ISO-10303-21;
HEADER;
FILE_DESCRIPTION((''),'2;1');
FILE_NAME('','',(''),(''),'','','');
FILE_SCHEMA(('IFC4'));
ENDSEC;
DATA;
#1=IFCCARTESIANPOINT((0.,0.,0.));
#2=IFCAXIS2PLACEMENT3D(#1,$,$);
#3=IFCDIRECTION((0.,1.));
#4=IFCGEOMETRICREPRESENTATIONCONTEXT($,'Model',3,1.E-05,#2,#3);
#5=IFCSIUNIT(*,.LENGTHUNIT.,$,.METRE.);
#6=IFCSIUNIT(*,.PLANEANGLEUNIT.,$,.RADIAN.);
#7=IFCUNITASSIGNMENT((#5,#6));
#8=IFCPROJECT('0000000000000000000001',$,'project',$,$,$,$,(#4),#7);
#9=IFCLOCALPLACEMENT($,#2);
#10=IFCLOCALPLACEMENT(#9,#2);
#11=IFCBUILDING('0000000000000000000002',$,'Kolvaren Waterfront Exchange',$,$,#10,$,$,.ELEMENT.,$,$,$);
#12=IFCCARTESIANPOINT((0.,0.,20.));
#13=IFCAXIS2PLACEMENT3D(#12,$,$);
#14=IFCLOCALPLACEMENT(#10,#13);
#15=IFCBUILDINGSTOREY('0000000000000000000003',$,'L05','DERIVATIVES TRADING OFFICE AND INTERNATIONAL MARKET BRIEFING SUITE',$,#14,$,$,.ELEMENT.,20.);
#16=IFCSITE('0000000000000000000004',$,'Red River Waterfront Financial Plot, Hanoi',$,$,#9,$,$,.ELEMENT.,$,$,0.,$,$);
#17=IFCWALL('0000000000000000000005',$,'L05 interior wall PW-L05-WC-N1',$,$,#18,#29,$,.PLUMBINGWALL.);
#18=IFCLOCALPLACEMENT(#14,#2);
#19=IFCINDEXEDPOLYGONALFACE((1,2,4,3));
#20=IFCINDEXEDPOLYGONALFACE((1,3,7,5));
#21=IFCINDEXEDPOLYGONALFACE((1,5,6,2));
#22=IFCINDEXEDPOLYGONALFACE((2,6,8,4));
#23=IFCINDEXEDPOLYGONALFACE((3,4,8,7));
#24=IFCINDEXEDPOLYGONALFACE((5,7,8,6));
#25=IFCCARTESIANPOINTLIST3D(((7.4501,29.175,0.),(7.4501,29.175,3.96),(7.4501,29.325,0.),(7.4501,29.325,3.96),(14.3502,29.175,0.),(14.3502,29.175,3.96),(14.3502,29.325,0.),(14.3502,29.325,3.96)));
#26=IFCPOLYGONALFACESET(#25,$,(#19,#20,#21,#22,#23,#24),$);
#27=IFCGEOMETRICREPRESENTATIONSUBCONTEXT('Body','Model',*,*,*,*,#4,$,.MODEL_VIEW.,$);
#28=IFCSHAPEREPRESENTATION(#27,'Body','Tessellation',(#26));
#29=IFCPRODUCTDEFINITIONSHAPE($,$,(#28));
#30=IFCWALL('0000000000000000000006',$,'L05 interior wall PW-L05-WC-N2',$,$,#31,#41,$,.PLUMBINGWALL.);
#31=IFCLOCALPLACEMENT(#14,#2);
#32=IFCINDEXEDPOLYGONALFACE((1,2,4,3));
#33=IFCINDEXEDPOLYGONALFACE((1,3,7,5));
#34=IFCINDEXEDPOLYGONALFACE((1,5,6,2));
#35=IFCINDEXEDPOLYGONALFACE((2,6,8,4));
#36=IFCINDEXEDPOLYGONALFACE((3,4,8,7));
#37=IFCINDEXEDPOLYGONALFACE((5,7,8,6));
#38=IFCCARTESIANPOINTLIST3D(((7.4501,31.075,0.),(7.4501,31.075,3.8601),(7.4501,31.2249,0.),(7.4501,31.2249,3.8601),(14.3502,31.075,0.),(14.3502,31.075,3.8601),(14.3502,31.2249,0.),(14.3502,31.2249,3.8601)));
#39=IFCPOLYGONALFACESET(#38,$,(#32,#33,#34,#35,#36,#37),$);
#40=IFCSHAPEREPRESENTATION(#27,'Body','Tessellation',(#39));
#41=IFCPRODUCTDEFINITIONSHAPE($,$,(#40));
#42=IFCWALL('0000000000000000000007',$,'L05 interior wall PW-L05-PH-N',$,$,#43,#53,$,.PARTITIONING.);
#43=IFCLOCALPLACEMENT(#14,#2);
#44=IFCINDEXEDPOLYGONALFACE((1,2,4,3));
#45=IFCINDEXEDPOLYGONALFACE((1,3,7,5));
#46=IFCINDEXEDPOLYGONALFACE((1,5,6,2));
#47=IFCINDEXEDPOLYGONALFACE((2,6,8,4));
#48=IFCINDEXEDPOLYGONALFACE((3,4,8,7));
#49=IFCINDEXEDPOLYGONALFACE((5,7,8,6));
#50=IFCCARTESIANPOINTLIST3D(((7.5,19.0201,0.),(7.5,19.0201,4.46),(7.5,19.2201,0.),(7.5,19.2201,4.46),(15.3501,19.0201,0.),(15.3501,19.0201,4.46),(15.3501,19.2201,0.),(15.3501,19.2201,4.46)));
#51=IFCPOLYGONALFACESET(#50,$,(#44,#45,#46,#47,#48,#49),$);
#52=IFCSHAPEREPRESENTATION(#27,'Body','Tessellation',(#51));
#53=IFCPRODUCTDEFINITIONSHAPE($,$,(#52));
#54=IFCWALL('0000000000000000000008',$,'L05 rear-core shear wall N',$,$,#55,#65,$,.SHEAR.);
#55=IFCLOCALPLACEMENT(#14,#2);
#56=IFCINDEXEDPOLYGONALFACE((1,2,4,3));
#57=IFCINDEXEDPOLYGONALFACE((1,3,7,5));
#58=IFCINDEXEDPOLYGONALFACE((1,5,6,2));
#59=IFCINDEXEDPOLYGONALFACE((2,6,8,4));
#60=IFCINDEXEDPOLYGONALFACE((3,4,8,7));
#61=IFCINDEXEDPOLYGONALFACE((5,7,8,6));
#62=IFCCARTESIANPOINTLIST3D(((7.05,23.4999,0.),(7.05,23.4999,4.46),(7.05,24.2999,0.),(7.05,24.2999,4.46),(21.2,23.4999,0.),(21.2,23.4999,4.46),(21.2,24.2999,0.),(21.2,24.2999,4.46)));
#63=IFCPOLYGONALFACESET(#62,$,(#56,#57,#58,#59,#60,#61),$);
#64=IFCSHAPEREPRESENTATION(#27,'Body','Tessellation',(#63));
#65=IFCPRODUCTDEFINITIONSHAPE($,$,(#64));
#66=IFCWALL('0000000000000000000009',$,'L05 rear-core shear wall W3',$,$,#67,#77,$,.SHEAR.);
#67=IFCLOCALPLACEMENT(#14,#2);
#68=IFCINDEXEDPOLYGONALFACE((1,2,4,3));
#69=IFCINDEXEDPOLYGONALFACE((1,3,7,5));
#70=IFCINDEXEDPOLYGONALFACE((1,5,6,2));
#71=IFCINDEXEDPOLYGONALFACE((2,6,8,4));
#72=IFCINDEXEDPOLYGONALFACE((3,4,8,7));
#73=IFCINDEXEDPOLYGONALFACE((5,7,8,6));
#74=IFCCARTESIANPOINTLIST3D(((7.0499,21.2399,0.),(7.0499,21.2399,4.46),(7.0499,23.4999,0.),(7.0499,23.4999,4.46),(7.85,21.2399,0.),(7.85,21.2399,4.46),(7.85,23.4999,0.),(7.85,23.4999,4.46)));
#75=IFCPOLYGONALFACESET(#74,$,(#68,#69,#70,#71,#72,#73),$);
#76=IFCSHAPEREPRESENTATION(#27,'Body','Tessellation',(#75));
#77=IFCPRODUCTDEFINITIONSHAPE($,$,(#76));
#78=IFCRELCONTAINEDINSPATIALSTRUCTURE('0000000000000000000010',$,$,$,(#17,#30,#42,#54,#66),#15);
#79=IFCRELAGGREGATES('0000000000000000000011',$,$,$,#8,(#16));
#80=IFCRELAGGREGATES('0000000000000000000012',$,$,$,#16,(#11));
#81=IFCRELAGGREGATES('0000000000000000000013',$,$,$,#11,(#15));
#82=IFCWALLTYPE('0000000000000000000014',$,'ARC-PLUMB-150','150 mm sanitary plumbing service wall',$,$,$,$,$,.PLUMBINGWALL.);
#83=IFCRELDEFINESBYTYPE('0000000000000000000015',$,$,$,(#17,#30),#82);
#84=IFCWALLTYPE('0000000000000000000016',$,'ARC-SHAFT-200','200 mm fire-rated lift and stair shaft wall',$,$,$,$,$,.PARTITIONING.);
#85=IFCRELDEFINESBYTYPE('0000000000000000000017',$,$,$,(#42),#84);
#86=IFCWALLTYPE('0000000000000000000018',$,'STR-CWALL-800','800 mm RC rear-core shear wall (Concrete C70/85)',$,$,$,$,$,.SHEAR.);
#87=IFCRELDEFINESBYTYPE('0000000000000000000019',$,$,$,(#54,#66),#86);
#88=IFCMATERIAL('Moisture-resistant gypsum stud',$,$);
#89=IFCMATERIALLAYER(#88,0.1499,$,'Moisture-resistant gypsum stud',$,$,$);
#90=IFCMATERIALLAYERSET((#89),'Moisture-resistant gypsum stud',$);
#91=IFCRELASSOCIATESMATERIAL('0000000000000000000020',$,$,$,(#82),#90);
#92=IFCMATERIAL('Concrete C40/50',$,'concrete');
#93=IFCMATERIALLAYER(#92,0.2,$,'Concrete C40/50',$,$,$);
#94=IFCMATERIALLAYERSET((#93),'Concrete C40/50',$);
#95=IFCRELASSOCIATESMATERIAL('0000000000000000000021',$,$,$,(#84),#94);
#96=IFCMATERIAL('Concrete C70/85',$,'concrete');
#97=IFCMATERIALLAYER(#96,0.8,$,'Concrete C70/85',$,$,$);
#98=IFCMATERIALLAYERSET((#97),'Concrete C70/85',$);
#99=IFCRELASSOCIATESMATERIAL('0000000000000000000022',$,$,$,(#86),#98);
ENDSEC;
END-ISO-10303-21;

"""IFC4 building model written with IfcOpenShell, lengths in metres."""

from ifc_helpers import new_model, si_unit, direction, frame, frame_2d, origin, place, context, subcontext, project, spatial, rectangle, extrude, material, layer, layer_set, type_object, element, save


model = new_model("IFC4")

# Units and contexts
model_context = context("Model", 3, precision=1e-05, world=origin(), true_north=direction((0.0, 1.0)))
body_context = subcontext(model_context, "Body", "Model", "MODEL_VIEW")
ifc_project = project(units=[si_unit("LENGTHUNIT", "METRE"), si_unit("PLANEANGLEUNIT", "RADIAN")], contexts=[model_context])

# Site, building, storey
site_placement = place(None, origin())
site = spatial("IfcSite", under=ifc_project, at=site_placement, Name="Red River Waterfront Financial Plot, Hanoi", CompositionType="ELEMENT", RefElevation=0.0)
building_placement = place(site_placement, origin())
building = spatial("IfcBuilding", under=site, at=building_placement, Name="Kolvaren Waterfront Exchange", CompositionType="ELEMENT")
storey_placement = place(building_placement, frame((0.0, 0.0, 20.0)))
storey = spatial("IfcBuildingStorey", under=building, at=storey_placement, Name="L05", Description="DERIVATIVES TRADING OFFICE AND INTERNATIONAL MARKET BRIEFING SUITE", CompositionType="ELEMENT", Elevation=20.0)

# Shared definitions
ifc_material_1 = material(Name="Concrete C70/85", Category="concrete")

# Walls
ifc_material_2 = material(Name="Moisture-resistant gypsum stud")
ifc_layer_1 = layer(ifc_material_2, 0.1499, Name="Moisture-resistant gypsum stud")
ifc_layer_set_1 = layer_set([ifc_layer_1], Name="Moisture-resistant gypsum stud")
wall_type_1 = type_object("IfcWallType", Name="ARC-PLUMB-150", Description="150 mm sanitary plumbing service wall", PredefinedType="PLUMBINGWALL", material=ifc_layer_set_1)
wall_1_placement = place(storey_placement, frame((7.45, 29.25, 0.0), z_axis=(0.0, 0.0, 1.0), x_axis=(1.0, 0.0, 0.0)))
element("IfcWall", 1, at=wall_1_placement, inside=storey, type_object=wall_type_1, Name="L05 interior wall PW-L05-WC-N1", PredefinedType="PLUMBINGWALL", context=body_context, shape_type="SweptSolid", body=[
    extrude(rectangle(XDim=6.9001, YDim=0.1499, at=frame_2d((3.4502, 0.0))), origin(), (0.0, 0.0, 1.0), 3.96),
])
wall_2_placement = place(storey_placement, frame((7.45, 31.1499, 0.0), z_axis=(0.0, 0.0, 1.0), x_axis=(1.0, 0.0, 0.0)))
element("IfcWall", 2, at=wall_2_placement, inside=storey, type_object=wall_type_1, Name="L05 interior wall PW-L05-WC-N2", PredefinedType="PLUMBINGWALL", context=body_context, shape_type="SweptSolid", body=[
    extrude(rectangle(XDim=6.9001, YDim=0.1499, at=frame_2d((3.4502, 0.0))), origin(), (0.0, 0.0, 1.0), 3.8601),
])
ifc_material_3 = material(Name="Concrete C40/50", Category="concrete")
ifc_layer_2 = layer(ifc_material_3, 0.2, Name="Concrete C40/50")
ifc_layer_set_2 = layer_set([ifc_layer_2], Name="Concrete C40/50")
wall_type_2 = type_object("IfcWallType", Name="ARC-SHAFT-200", Description="200 mm fire-rated lift and stair shaft wall", PredefinedType="PARTITIONING", material=ifc_layer_set_2)
wall_3_placement = place(storey_placement, frame((7.5, 19.1201, 0.0), z_axis=(0.0, 0.0, 1.0), x_axis=(1.0, 0.0, 0.0)))
element("IfcWall", 3, at=wall_3_placement, inside=storey, type_object=wall_type_2, Name="L05 interior wall PW-L05-PH-N", PredefinedType="PARTITIONING", context=body_context, shape_type="SweptSolid", body=[
    extrude(rectangle(XDim=7.8501, YDim=0.2, at=frame_2d((3.925, 0.0))), origin(), (0.0, 0.0, 1.0), 4.46),
])
ifc_layer_3 = layer(ifc_material_1, 0.8, Name="Concrete C70/85")
ifc_layer_set_3 = layer_set([ifc_layer_3], Name="Concrete C70/85")
wall_type_3 = type_object("IfcWallType", Name="STR-CWALL-800", Description="800 mm RC rear-core shear wall (Concrete C70/85)", PredefinedType="SHEAR", material=ifc_layer_set_3)
wall_4_placement = place(storey_placement, frame((7.05, 23.8999, 0.0), z_axis=(0.0, 0.0, 1.0), x_axis=(1.0, 0.0, 0.0)))
element("IfcWall", 4, at=wall_4_placement, inside=storey, type_object=wall_type_3, Name="L05 rear-core shear wall N", PredefinedType="SHEAR", context=body_context, shape_type="SweptSolid", body=[
    extrude(rectangle(XDim=14.1499, YDim=0.8, at=frame_2d((7.075, 0.0))), origin(), (0.0, 0.0, 1.0), 4.46),
])
wall_5_placement = place(storey_placement, frame((7.45, 21.24, 0.0), z_axis=(0.0, 0.0, 1.0), x_axis=(0.0, 1.0, 0.0)))
element("IfcWall", 5, at=wall_5_placement, inside=storey, type_object=wall_type_3, Name="L05 rear-core shear wall W3", PredefinedType="SHEAR", context=body_context, shape_type="SweptSolid", body=[
    extrude(rectangle(XDim=2.26, YDim=0.8, at=frame_2d((1.1299, 0.0))), origin(), (0.0, 0.0, 1.0), 4.46),
])

save(model, "model.ifc")
